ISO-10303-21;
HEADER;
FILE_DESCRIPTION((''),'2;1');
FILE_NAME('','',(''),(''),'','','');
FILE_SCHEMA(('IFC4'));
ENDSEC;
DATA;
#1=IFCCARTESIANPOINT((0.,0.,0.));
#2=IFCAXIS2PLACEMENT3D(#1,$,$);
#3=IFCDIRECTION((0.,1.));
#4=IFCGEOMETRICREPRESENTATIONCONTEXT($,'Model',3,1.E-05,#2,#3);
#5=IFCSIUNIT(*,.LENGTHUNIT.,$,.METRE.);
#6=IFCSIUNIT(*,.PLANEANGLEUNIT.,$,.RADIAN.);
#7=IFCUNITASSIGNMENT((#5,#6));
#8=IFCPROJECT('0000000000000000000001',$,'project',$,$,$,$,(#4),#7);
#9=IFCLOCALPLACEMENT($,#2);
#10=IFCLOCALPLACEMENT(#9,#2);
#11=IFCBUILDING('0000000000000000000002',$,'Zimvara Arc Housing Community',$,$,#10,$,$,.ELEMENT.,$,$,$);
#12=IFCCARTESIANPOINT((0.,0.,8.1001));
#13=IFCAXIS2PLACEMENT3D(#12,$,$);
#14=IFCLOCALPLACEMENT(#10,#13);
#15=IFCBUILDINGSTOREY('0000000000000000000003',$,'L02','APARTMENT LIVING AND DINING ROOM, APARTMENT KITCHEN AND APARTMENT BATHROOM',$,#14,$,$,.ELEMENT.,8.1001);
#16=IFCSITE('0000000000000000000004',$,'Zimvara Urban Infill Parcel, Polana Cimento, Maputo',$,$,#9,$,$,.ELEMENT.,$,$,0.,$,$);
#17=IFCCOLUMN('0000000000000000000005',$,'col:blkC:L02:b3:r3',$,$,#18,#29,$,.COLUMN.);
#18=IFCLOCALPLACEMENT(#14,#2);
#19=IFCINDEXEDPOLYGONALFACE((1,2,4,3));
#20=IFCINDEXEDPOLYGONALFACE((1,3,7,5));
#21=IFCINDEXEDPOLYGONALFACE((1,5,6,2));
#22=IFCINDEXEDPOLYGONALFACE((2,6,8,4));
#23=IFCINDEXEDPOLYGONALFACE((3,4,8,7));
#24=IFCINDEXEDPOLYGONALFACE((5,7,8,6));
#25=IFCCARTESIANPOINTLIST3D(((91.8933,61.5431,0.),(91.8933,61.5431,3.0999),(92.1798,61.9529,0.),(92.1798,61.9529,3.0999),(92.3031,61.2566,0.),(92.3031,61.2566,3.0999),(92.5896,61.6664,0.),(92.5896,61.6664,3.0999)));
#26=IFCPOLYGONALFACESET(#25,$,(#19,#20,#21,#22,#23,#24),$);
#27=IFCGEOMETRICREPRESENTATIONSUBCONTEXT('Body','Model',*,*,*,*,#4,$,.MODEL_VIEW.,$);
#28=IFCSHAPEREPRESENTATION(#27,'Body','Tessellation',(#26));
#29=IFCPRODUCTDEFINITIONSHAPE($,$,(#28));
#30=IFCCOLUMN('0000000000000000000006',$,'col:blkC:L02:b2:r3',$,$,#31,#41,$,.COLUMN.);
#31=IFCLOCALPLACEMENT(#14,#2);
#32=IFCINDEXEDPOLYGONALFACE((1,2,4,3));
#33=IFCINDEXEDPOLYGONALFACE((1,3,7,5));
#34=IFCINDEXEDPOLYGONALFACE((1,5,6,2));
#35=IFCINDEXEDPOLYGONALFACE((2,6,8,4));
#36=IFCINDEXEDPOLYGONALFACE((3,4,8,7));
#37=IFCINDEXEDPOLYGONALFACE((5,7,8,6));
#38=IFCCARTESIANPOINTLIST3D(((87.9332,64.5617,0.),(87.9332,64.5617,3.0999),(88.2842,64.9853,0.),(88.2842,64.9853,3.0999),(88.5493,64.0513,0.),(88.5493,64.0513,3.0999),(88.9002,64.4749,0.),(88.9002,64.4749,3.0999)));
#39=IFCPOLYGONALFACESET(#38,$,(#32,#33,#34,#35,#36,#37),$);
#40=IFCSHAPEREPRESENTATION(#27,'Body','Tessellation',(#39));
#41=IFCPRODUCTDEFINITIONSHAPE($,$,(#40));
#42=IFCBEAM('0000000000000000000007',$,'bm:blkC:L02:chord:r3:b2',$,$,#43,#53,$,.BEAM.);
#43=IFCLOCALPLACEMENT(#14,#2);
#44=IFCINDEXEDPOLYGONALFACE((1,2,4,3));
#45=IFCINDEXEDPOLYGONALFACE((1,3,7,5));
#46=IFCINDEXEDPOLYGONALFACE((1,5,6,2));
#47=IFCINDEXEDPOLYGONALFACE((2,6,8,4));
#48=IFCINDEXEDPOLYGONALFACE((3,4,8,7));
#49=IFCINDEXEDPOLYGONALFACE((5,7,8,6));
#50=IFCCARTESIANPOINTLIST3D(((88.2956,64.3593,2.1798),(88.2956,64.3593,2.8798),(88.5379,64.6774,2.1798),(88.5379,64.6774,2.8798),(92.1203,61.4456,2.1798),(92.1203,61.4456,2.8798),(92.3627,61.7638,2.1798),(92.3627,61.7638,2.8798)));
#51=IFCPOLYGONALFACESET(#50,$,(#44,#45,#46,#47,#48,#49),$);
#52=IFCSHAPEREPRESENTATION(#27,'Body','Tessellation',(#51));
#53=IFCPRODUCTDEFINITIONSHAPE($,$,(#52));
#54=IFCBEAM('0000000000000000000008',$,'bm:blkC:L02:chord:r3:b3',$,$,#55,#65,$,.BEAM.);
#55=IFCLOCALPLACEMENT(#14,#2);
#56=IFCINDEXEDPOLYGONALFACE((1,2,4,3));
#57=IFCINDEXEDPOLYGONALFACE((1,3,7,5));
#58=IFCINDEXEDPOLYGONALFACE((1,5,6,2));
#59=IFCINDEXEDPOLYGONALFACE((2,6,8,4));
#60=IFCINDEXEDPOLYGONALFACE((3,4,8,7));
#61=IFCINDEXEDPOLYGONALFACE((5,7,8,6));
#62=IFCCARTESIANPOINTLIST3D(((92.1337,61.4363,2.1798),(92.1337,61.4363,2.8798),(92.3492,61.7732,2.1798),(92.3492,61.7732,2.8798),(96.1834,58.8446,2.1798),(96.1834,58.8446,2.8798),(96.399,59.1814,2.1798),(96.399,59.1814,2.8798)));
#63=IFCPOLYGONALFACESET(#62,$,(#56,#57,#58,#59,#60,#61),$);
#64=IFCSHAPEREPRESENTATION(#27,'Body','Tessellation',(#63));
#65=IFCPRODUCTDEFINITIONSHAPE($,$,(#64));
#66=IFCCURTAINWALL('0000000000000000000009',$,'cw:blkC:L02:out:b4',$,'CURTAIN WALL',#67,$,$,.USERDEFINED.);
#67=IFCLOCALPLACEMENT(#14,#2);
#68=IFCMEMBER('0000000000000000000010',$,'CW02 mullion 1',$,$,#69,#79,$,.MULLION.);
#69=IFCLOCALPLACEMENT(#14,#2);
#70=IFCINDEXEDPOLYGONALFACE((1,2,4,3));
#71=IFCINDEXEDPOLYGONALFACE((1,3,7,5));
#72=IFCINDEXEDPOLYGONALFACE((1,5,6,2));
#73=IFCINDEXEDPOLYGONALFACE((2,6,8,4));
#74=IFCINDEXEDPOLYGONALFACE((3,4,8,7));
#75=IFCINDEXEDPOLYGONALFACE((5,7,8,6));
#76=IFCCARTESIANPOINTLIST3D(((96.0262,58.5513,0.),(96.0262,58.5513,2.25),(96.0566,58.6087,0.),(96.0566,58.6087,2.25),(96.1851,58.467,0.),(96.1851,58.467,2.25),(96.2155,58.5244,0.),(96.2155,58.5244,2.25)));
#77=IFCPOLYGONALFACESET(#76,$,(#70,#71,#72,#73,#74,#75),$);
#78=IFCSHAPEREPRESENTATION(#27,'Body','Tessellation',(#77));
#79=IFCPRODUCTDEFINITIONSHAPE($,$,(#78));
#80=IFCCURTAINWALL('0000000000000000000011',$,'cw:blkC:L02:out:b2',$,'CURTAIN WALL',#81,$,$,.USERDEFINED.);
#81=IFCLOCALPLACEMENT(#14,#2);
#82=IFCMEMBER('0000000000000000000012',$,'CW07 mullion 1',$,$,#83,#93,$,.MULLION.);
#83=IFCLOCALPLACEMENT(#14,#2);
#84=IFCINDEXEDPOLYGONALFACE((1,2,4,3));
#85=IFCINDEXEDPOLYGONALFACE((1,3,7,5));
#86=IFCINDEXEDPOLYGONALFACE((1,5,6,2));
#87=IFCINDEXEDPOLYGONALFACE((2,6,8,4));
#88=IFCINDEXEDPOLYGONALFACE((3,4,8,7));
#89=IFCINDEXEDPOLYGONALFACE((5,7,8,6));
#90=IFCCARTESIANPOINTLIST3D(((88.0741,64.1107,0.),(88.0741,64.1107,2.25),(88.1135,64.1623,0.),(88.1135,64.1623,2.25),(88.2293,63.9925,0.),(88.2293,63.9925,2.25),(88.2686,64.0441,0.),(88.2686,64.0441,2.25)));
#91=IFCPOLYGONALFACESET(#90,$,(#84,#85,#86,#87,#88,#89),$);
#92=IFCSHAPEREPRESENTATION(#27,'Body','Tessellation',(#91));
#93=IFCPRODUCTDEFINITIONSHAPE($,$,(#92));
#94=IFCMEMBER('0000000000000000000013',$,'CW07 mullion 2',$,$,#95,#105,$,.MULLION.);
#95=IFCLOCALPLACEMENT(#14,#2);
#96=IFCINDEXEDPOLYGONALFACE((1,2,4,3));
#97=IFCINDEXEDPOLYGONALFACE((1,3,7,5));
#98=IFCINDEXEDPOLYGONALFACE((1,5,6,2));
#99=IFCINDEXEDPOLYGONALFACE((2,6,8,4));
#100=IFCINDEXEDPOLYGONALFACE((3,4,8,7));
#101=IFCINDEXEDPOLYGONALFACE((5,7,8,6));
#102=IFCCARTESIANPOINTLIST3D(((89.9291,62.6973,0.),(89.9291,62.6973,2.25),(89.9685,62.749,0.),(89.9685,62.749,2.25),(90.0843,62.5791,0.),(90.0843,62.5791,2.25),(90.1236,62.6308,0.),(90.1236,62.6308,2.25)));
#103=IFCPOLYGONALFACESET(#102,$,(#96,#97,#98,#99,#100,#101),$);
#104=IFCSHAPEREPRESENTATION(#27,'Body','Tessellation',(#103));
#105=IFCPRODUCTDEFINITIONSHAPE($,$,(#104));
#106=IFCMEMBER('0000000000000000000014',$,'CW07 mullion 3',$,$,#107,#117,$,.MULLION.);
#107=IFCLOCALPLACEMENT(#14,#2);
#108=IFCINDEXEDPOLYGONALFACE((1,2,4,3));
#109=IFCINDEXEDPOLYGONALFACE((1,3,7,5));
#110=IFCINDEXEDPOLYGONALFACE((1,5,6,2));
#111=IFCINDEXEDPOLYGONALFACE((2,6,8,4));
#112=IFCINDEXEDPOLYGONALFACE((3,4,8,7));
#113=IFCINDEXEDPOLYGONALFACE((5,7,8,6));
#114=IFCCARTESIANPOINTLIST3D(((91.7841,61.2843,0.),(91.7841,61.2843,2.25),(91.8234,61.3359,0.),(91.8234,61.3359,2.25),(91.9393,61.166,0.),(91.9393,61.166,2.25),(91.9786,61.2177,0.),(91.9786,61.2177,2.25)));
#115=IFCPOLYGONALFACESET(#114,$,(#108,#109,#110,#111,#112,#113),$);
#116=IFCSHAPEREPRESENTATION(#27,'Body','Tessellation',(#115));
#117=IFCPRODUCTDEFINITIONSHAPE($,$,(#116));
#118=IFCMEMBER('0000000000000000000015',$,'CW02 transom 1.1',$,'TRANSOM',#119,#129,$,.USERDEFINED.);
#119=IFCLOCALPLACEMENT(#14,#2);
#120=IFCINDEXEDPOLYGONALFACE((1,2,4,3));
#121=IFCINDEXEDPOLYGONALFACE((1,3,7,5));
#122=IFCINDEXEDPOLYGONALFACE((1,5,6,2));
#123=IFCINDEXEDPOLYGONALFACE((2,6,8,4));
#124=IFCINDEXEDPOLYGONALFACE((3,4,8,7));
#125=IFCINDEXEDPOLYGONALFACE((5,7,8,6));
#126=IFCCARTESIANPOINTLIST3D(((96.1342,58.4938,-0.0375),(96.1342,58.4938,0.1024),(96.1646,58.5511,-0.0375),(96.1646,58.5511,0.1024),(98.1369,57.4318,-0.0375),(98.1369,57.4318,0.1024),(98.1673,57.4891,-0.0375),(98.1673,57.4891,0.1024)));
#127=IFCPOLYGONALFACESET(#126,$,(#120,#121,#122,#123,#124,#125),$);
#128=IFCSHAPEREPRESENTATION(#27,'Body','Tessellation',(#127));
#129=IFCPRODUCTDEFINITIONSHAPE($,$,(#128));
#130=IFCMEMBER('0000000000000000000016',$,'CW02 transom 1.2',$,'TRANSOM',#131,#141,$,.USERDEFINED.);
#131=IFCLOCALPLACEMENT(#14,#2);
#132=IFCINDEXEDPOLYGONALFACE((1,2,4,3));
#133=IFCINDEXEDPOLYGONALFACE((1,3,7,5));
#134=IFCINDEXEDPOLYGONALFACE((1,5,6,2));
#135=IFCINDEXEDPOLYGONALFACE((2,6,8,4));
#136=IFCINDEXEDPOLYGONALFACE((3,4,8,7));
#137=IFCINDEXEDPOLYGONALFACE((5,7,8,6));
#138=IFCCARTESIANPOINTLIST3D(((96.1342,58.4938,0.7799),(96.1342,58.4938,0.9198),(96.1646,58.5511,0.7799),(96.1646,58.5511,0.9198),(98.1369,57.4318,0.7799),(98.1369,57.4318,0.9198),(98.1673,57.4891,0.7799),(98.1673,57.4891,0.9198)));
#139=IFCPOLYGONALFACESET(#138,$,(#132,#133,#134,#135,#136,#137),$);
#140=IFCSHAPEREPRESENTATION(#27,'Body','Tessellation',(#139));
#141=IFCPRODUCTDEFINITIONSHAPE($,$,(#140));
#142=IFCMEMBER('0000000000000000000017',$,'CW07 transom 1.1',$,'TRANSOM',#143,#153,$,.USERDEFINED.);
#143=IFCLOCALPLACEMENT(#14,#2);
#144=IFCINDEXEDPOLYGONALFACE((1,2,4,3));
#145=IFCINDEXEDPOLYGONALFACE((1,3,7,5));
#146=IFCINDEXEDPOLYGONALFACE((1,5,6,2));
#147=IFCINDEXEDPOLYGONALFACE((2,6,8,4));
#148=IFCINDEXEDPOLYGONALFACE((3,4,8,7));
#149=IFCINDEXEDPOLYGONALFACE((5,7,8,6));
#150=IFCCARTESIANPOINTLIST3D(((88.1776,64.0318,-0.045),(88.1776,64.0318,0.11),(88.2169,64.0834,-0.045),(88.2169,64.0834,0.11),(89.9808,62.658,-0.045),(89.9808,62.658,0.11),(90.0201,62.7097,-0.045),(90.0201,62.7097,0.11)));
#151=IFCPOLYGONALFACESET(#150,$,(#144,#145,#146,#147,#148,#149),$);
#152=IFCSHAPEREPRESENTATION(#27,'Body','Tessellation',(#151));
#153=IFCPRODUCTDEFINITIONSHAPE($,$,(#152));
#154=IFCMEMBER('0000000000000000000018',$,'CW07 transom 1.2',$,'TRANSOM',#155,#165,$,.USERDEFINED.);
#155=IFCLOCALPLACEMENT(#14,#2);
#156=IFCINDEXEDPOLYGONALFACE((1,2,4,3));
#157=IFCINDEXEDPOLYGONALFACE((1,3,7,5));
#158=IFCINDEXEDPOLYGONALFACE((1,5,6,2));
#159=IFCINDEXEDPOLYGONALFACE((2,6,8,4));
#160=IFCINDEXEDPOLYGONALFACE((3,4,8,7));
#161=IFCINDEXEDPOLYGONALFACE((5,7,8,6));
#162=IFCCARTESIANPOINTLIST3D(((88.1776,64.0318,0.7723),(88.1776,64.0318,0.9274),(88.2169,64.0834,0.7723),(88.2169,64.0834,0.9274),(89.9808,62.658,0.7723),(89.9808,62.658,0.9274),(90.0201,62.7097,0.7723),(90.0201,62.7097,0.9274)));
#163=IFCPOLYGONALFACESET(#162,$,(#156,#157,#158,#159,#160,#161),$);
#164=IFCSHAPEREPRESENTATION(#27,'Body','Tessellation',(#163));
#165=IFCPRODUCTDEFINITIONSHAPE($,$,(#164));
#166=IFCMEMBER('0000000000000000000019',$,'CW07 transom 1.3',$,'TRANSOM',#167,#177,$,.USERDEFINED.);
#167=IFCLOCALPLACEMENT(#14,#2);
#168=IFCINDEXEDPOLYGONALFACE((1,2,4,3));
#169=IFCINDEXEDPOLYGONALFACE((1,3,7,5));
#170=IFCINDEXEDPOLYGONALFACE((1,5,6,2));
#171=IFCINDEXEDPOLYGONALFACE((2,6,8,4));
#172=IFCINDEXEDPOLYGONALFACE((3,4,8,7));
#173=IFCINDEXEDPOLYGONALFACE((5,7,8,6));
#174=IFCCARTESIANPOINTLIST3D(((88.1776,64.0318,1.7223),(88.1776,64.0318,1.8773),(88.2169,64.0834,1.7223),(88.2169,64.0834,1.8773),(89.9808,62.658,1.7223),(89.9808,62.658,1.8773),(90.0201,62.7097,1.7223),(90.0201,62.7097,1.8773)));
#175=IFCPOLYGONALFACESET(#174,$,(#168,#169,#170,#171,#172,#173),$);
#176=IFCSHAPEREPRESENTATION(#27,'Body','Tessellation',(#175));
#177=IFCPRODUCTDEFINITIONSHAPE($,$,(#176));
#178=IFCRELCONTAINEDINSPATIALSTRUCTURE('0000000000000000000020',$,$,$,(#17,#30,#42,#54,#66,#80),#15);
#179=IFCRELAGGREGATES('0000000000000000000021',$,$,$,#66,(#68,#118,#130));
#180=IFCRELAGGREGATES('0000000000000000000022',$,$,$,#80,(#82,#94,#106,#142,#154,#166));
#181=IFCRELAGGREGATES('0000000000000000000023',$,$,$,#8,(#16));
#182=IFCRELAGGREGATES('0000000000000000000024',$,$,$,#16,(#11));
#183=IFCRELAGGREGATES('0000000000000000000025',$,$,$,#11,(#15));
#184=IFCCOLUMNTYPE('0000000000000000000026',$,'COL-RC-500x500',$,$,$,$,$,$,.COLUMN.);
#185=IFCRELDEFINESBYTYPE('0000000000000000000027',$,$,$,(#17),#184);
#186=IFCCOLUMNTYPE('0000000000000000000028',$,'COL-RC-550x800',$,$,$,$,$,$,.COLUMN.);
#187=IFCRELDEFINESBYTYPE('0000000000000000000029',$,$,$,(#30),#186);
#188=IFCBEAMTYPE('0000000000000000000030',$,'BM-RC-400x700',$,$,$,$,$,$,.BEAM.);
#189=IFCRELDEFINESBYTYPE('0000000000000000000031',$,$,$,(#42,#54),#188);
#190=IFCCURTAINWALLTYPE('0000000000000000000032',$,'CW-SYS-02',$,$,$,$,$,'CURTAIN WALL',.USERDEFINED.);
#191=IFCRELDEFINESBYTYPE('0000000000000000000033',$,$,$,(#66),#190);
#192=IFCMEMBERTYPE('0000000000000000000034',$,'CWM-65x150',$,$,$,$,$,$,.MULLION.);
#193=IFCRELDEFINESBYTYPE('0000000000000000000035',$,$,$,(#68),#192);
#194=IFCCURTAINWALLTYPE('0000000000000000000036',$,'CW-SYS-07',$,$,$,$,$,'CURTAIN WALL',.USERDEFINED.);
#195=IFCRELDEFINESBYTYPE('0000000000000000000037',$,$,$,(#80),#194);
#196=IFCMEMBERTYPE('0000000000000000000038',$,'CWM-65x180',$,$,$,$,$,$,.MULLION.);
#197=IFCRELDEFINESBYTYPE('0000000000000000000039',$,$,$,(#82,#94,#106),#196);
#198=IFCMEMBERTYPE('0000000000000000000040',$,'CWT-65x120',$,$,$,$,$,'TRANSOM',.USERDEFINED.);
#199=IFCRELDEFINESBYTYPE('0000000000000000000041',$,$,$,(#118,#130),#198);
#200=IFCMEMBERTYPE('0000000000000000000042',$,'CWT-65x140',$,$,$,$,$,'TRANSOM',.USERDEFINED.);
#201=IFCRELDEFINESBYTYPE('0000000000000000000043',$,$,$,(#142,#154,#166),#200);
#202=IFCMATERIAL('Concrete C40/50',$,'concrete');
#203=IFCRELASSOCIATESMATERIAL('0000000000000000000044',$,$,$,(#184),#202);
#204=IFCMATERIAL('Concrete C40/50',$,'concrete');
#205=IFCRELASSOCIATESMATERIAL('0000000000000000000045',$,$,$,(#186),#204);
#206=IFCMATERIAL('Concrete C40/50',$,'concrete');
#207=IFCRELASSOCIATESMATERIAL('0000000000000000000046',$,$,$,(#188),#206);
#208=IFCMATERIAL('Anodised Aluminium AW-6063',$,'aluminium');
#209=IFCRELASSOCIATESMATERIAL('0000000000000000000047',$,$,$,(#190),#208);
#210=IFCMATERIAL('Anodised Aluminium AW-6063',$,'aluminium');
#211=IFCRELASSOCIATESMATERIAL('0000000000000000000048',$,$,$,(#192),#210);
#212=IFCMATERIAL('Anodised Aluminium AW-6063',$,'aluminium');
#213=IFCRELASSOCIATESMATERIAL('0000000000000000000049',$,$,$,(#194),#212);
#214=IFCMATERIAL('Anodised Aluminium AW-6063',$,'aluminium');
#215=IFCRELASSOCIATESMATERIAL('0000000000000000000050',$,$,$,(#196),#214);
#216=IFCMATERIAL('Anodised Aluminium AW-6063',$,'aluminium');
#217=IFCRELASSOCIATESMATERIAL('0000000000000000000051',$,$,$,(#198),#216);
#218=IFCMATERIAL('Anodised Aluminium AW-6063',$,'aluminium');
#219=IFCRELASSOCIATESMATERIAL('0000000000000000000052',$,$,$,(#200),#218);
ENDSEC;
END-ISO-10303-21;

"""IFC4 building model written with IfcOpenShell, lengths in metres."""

from ifc_helpers import new_model, si_unit, direction, frame, origin, origin_2d, place, context, subcontext, project, spatial, rectangle, extrude, material, material_profile, profile_set, type_object, element, aggregate, save


model = new_model("IFC4")

# Units and contexts
model_context = context("Model", 3, precision=1e-05, world=origin(), true_north=direction((0.0, 1.0)))
body_context = subcontext(model_context, "Body", "Model", "MODEL_VIEW")
ifc_project = project(units=[si_unit("LENGTHUNIT", "METRE"), si_unit("PLANEANGLEUNIT", "RADIAN")], contexts=[model_context])

# Site, building, storey
site_placement = place(None, origin())
site = spatial("IfcSite", under=ifc_project, at=site_placement, Name="Zimvara Urban Infill Parcel, Polana Cimento, Maputo", CompositionType="ELEMENT", RefElevation=0.0)
building_placement = place(site_placement, origin())
building = spatial("IfcBuilding", under=site, at=building_placement, Name="Zimvara Arc Housing Community", CompositionType="ELEMENT")
storey_placement = place(building_placement, frame((0.0, 0.0, 8.1001)))
storey = spatial("IfcBuildingStorey", under=building, at=storey_placement, Name="L02", Description="APARTMENT LIVING AND DINING ROOM, APARTMENT KITCHEN AND APARTMENT BATHROOM", CompositionType="ELEMENT", Elevation=8.1001)

# Columns
ifc_material_1 = material(Name="Concrete C40/50", Category="concrete")
ifc_material_profile_1 = material_profile(ifc_material_1, rectangle(XDim=0.5, YDim=0.5, at=origin_2d()), Name="RC 500x500")
ifc_profile_set_1 = profile_set([ifc_material_profile_1], Name="Concrete C40/50")
column_type_1 = type_object("IfcColumnType", Name="COL-RC-500x500", PredefinedType="COLUMN", material=ifc_profile_set_1)
column_1_placement = place(storey_placement, frame((92.2415, 61.6047, 0.0), z_axis=(0.0, 0.0, 1.0), x_axis=(-0.573004, -0.819552, 0.0)))
element("IfcColumn", 1, at=column_1_placement, inside=storey, type_object=column_type_1, Name="col:blkC:L02:b3:r3", PredefinedType="COLUMN", context=body_context, shape_type="SweptSolid", body=[
    extrude(rectangle(XDim=0.5, YDim=0.5, at=origin_2d()), origin(), (0.0, 0.0, 1.0), 3.0999),
])
ifc_material_2 = material(Name="Concrete C40/50", Category="concrete")
ifc_material_profile_2 = material_profile(ifc_material_2, rectangle(XDim=0.55, YDim=0.8, at=origin_2d()), Name="RC 550x800")
ifc_profile_set_2 = profile_set([ifc_material_profile_2], Name="Concrete C40/50")
column_type_2 = type_object("IfcColumnType", Name="COL-RC-550x800", PredefinedType="COLUMN", material=ifc_profile_set_2)
column_2_placement = place(storey_placement, frame((88.4167, 64.5183, 0.0), z_axis=(0.0, 0.0, 1.0), x_axis=(-0.637962, -0.770068, 0.0)))
element("IfcColumn", 2, at=column_2_placement, inside=storey, type_object=column_type_2, Name="col:blkC:L02:b2:r3", PredefinedType="COLUMN", context=body_context, shape_type="SweptSolid", body=[
    extrude(rectangle(XDim=0.55, YDim=0.8, at=origin_2d()), origin(), (0.0, 0.0, 1.0), 3.0999),
])

# Beams
ifc_material_3 = material(Name="Concrete C40/50", Category="concrete")
ifc_material_profile_3 = material_profile(ifc_material_3, rectangle(XDim=0.3999, YDim=0.7, at=origin_2d()), Name="RC 400x700")
ifc_profile_set_3 = profile_set([ifc_material_profile_3], Name="Concrete C40/50")
beam_type = type_object("IfcBeamType", Name="BM-RC-400x700", PredefinedType="BEAM", material=ifc_profile_set_3)
for number, where, z_axis, x_axis, name in (
    (3, (88.4167, 64.5183, 2.5298), (0.795481, -0.605979, 0.0), (0.605979, 0.795481, 0.0), "bm:blkC:L02:chord:r3:b2"),
    (4, (92.2415, 61.6047, 2.5298), (0.842279, -0.539042, 0.0), (0.539042, 0.842279, 0.0), "bm:blkC:L02:chord:r3:b3"),
):
    element("IfcBeam", number, at=place(storey_placement, frame(where, z_axis=z_axis, x_axis=x_axis)), inside=storey, type_object=beam_type, Name=name, PredefinedType="BEAM", context=body_context, shape_type="SweptSolid", body=[
        extrude(rectangle(XDim=0.3999, YDim=0.7, at=origin_2d()), origin(), (0.0, 0.0, 1.0), 4.8081),
    ])

# Curtain wall, member
ifc_material_4 = material(Name="Anodised Aluminium AW-6063", Category="aluminium")
curtain_wall_type_1 = type_object("IfcCurtainWallType", Name="CW-SYS-02", ElementType="CURTAIN WALL", PredefinedType="USERDEFINED", material=ifc_material_4)
curtain_wall_1_placement = place(storey_placement, origin())
curtain_wall_1 = element("IfcCurtainWall", 5, at=curtain_wall_1_placement, inside=storey, type_object=curtain_wall_type_1, Name="cw:blkC:L02:out:b4", ObjectType="CURTAIN WALL", PredefinedType="USERDEFINED")
ifc_material_5 = material(Name="Anodised Aluminium AW-6063", Category="aluminium")
ifc_material_profile_4 = material_profile(ifc_material_5, rectangle(XDim=0.0649, YDim=0.1799, at=origin_2d()), Name="ALU 65x180")
ifc_profile_set_4 = profile_set([ifc_material_profile_4], Name="Anodised Aluminium AW-6063")
member_type_1 = type_object("IfcMemberType", Name="CWM-65x150", PredefinedType="MULLION", material=ifc_profile_set_4)
member_1_placement = place(storey_placement, frame((96.1208, 58.5378, 0.0), z_axis=(0.0, 0.0, 1.0), x_axis=(0.468547, 0.883439, 0.0)))
member_1 = element("IfcMember", 6, at=member_1_placement, type_object=member_type_1, Name="CW02 mullion 1", PredefinedType="MULLION", context=body_context, shape_type="SweptSolid", body=[
    extrude(rectangle(XDim=0.0649, YDim=0.1799, at=origin_2d()), origin(), (0.0, 0.0, 1.0), 2.25),
])

# Curtain wall, members
ifc_material_6 = material(Name="Anodised Aluminium AW-6063", Category="aluminium")
curtain_wall_type_2 = type_object("IfcCurtainWallType", Name="CW-SYS-07", ElementType="CURTAIN WALL", PredefinedType="USERDEFINED", material=ifc_material_6)
curtain_wall_2_placement = place(storey_placement, origin())
curtain_wall_2 = element("IfcCurtainWall", 7, at=curtain_wall_2_placement, inside=storey, type_object=curtain_wall_type_2, Name="cw:blkC:L02:out:b2", ObjectType="CURTAIN WALL", PredefinedType="USERDEFINED")
ifc_material_7 = material(Name="Anodised Aluminium AW-6063", Category="aluminium")
ifc_material_profile_5 = material_profile(ifc_material_7, rectangle(XDim=0.0649, YDim=0.1951, at=origin_2d()), Name="ALU 65x195")
ifc_profile_set_5 = profile_set([ifc_material_profile_5], Name="Anodised Aluminium AW-6063")
member_type_2 = type_object("IfcMemberType", Name="CWM-65x180", PredefinedType="MULLION", material=ifc_profile_set_5)
member_2_placement = place(storey_placement, frame((88.1714, 64.0774, 0.0), z_axis=(0.0, 0.0, 1.0), x_axis=(0.605988, 0.795474, 0.0)))
member_2 = element("IfcMember", 8, at=member_2_placement, type_object=member_type_2, Name="CW07 mullion 1", PredefinedType="MULLION", context=body_context, shape_type="SweptSolid", body=[
    extrude(rectangle(XDim=0.0649, YDim=0.1951, at=origin_2d()), origin(), (0.0, 0.0, 1.0), 2.25),
])
member_3_placement = place(storey_placement, frame((90.0264, 62.6641, 0.0), z_axis=(0.0, 0.0, 1.0), x_axis=(0.605988, 0.795474, 0.0)))
member_3 = element("IfcMember", 9, at=member_3_placement, type_object=member_type_2, Name="CW07 mullion 2", PredefinedType="MULLION", context=body_context, shape_type="SweptSolid", body=[
    extrude(rectangle(XDim=0.0649, YDim=0.1951, at=origin_2d()), origin(), (0.0, 0.0, 1.0), 2.25),
])
member_4_placement = place(storey_placement, frame((91.8813, 61.251, 0.0), z_axis=(0.0, 0.0, 1.0), x_axis=(0.605988, 0.795474, 0.0)))
member_4 = element("IfcMember", 10, at=member_4_placement, type_object=member_type_2, Name="CW07 mullion 3", PredefinedType="MULLION", context=body_context, shape_type="SweptSolid", body=[
    extrude(rectangle(XDim=0.0649, YDim=0.1951, at=origin_2d()), origin(), (0.0, 0.0, 1.0), 2.25),
])

# Members
ifc_material_8 = material(Name="Anodised Aluminium AW-6063", Category="aluminium")
ifc_material_profile_6 = material_profile(ifc_material_8, rectangle(XDim=0.0649, YDim=0.1399, at=origin_2d()), Name="ALU 65x140")
ifc_profile_set_6 = profile_set([ifc_material_profile_6], Name="Anodised Aluminium AW-6063")
member_type_3 = type_object("IfcMemberType", Name="CWT-65x120", ElementType="TRANSOM", PredefinedType="USERDEFINED", material=ifc_profile_set_6)
member_5_placement = place(storey_placement, frame((96.1494, 58.5225, 0.0325), z_axis=(0.883465, -0.468496, 0.0), x_axis=(0.468496, 0.883465, 0.0)))
member_5 = element("IfcMember", 11, at=member_5_placement, type_object=member_type_3, Name="CW02 transom 1.1", ObjectType="TRANSOM", PredefinedType="USERDEFINED", context=body_context, shape_type="SweptSolid", body=[
    extrude(rectangle(XDim=0.0649, YDim=0.1399, at=origin_2d()), origin(), (0.0, 0.0, 1.0), 2.2668),
])
member_6_placement = place(storey_placement, frame((96.1494, 58.5225, 0.8499), z_axis=(0.883465, -0.468496, 0.0), x_axis=(0.468496, 0.883465, 0.0)))
member_6 = element("IfcMember", 12, at=member_6_placement, type_object=member_type_3, Name="CW02 transom 1.2", ObjectType="TRANSOM", PredefinedType="USERDEFINED", context=body_context, shape_type="SweptSolid", body=[
    extrude(rectangle(XDim=0.0649, YDim=0.1399, at=origin_2d()), origin(), (0.0, 0.0, 1.0), 2.2668),
])
aggregate(curtain_wall_1, [member_1, member_5, member_6])
ifc_material_9 = material(Name="Anodised Aluminium AW-6063", Category="aluminium")
ifc_material_profile_7 = material_profile(ifc_material_9, rectangle(XDim=0.0649, YDim=0.155, at=origin_2d()), Name="ALU 65x155")
ifc_profile_set_7 = profile_set([ifc_material_profile_7], Name="Anodised Aluminium AW-6063")
member_type_4 = type_object("IfcMemberType", Name="CWT-65x140", ElementType="TRANSOM", PredefinedType="USERDEFINED", material=ifc_profile_set_7)
member_7_placement = place(storey_placement, frame((88.1973, 64.0576, 0.0325), z_axis=(0.795454, -0.606014, 0.0), x_axis=(0.606014, 0.795454, 0.0)))
member_7 = element("IfcMember", 13, at=member_7_placement, type_object=member_type_4, Name="CW07 transom 1.1", ObjectType="TRANSOM", PredefinedType="USERDEFINED", context=body_context, shape_type="SweptSolid", body=[
    extrude(rectangle(XDim=0.0649, YDim=0.155, at=origin_2d()), origin(), (0.0, 0.0, 1.0), 2.2668),
])
member_8_placement = place(storey_placement, frame((88.1973, 64.0576, 0.8499), z_axis=(0.795454, -0.606014, 0.0), x_axis=(0.606014, 0.795454, 0.0)))
member_8 = element("IfcMember", 14, at=member_8_placement, type_object=member_type_4, Name="CW07 transom 1.2", ObjectType="TRANSOM", PredefinedType="USERDEFINED", context=body_context, shape_type="SweptSolid", body=[
    extrude(rectangle(XDim=0.0649, YDim=0.155, at=origin_2d()), origin(), (0.0, 0.0, 1.0), 2.2668),
])
member_9_placement = place(storey_placement, frame((88.1973, 64.0576, 1.7998), z_axis=(0.795454, -0.606014, 0.0), x_axis=(0.606014, 0.795454, 0.0)))
member_9 = element("IfcMember", 15, at=member_9_placement, type_object=member_type_4, Name="CW07 transom 1.3", ObjectType="TRANSOM", PredefinedType="USERDEFINED", context=body_context, shape_type="SweptSolid", body=[
    extrude(rectangle(XDim=0.0649, YDim=0.155, at=origin_2d()), origin(), (0.0, 0.0, 1.0), 2.2668),
])

aggregate(curtain_wall_2, [member_2, member_3, member_4, member_7, member_8, member_9])

save(model, "model.ifc")
